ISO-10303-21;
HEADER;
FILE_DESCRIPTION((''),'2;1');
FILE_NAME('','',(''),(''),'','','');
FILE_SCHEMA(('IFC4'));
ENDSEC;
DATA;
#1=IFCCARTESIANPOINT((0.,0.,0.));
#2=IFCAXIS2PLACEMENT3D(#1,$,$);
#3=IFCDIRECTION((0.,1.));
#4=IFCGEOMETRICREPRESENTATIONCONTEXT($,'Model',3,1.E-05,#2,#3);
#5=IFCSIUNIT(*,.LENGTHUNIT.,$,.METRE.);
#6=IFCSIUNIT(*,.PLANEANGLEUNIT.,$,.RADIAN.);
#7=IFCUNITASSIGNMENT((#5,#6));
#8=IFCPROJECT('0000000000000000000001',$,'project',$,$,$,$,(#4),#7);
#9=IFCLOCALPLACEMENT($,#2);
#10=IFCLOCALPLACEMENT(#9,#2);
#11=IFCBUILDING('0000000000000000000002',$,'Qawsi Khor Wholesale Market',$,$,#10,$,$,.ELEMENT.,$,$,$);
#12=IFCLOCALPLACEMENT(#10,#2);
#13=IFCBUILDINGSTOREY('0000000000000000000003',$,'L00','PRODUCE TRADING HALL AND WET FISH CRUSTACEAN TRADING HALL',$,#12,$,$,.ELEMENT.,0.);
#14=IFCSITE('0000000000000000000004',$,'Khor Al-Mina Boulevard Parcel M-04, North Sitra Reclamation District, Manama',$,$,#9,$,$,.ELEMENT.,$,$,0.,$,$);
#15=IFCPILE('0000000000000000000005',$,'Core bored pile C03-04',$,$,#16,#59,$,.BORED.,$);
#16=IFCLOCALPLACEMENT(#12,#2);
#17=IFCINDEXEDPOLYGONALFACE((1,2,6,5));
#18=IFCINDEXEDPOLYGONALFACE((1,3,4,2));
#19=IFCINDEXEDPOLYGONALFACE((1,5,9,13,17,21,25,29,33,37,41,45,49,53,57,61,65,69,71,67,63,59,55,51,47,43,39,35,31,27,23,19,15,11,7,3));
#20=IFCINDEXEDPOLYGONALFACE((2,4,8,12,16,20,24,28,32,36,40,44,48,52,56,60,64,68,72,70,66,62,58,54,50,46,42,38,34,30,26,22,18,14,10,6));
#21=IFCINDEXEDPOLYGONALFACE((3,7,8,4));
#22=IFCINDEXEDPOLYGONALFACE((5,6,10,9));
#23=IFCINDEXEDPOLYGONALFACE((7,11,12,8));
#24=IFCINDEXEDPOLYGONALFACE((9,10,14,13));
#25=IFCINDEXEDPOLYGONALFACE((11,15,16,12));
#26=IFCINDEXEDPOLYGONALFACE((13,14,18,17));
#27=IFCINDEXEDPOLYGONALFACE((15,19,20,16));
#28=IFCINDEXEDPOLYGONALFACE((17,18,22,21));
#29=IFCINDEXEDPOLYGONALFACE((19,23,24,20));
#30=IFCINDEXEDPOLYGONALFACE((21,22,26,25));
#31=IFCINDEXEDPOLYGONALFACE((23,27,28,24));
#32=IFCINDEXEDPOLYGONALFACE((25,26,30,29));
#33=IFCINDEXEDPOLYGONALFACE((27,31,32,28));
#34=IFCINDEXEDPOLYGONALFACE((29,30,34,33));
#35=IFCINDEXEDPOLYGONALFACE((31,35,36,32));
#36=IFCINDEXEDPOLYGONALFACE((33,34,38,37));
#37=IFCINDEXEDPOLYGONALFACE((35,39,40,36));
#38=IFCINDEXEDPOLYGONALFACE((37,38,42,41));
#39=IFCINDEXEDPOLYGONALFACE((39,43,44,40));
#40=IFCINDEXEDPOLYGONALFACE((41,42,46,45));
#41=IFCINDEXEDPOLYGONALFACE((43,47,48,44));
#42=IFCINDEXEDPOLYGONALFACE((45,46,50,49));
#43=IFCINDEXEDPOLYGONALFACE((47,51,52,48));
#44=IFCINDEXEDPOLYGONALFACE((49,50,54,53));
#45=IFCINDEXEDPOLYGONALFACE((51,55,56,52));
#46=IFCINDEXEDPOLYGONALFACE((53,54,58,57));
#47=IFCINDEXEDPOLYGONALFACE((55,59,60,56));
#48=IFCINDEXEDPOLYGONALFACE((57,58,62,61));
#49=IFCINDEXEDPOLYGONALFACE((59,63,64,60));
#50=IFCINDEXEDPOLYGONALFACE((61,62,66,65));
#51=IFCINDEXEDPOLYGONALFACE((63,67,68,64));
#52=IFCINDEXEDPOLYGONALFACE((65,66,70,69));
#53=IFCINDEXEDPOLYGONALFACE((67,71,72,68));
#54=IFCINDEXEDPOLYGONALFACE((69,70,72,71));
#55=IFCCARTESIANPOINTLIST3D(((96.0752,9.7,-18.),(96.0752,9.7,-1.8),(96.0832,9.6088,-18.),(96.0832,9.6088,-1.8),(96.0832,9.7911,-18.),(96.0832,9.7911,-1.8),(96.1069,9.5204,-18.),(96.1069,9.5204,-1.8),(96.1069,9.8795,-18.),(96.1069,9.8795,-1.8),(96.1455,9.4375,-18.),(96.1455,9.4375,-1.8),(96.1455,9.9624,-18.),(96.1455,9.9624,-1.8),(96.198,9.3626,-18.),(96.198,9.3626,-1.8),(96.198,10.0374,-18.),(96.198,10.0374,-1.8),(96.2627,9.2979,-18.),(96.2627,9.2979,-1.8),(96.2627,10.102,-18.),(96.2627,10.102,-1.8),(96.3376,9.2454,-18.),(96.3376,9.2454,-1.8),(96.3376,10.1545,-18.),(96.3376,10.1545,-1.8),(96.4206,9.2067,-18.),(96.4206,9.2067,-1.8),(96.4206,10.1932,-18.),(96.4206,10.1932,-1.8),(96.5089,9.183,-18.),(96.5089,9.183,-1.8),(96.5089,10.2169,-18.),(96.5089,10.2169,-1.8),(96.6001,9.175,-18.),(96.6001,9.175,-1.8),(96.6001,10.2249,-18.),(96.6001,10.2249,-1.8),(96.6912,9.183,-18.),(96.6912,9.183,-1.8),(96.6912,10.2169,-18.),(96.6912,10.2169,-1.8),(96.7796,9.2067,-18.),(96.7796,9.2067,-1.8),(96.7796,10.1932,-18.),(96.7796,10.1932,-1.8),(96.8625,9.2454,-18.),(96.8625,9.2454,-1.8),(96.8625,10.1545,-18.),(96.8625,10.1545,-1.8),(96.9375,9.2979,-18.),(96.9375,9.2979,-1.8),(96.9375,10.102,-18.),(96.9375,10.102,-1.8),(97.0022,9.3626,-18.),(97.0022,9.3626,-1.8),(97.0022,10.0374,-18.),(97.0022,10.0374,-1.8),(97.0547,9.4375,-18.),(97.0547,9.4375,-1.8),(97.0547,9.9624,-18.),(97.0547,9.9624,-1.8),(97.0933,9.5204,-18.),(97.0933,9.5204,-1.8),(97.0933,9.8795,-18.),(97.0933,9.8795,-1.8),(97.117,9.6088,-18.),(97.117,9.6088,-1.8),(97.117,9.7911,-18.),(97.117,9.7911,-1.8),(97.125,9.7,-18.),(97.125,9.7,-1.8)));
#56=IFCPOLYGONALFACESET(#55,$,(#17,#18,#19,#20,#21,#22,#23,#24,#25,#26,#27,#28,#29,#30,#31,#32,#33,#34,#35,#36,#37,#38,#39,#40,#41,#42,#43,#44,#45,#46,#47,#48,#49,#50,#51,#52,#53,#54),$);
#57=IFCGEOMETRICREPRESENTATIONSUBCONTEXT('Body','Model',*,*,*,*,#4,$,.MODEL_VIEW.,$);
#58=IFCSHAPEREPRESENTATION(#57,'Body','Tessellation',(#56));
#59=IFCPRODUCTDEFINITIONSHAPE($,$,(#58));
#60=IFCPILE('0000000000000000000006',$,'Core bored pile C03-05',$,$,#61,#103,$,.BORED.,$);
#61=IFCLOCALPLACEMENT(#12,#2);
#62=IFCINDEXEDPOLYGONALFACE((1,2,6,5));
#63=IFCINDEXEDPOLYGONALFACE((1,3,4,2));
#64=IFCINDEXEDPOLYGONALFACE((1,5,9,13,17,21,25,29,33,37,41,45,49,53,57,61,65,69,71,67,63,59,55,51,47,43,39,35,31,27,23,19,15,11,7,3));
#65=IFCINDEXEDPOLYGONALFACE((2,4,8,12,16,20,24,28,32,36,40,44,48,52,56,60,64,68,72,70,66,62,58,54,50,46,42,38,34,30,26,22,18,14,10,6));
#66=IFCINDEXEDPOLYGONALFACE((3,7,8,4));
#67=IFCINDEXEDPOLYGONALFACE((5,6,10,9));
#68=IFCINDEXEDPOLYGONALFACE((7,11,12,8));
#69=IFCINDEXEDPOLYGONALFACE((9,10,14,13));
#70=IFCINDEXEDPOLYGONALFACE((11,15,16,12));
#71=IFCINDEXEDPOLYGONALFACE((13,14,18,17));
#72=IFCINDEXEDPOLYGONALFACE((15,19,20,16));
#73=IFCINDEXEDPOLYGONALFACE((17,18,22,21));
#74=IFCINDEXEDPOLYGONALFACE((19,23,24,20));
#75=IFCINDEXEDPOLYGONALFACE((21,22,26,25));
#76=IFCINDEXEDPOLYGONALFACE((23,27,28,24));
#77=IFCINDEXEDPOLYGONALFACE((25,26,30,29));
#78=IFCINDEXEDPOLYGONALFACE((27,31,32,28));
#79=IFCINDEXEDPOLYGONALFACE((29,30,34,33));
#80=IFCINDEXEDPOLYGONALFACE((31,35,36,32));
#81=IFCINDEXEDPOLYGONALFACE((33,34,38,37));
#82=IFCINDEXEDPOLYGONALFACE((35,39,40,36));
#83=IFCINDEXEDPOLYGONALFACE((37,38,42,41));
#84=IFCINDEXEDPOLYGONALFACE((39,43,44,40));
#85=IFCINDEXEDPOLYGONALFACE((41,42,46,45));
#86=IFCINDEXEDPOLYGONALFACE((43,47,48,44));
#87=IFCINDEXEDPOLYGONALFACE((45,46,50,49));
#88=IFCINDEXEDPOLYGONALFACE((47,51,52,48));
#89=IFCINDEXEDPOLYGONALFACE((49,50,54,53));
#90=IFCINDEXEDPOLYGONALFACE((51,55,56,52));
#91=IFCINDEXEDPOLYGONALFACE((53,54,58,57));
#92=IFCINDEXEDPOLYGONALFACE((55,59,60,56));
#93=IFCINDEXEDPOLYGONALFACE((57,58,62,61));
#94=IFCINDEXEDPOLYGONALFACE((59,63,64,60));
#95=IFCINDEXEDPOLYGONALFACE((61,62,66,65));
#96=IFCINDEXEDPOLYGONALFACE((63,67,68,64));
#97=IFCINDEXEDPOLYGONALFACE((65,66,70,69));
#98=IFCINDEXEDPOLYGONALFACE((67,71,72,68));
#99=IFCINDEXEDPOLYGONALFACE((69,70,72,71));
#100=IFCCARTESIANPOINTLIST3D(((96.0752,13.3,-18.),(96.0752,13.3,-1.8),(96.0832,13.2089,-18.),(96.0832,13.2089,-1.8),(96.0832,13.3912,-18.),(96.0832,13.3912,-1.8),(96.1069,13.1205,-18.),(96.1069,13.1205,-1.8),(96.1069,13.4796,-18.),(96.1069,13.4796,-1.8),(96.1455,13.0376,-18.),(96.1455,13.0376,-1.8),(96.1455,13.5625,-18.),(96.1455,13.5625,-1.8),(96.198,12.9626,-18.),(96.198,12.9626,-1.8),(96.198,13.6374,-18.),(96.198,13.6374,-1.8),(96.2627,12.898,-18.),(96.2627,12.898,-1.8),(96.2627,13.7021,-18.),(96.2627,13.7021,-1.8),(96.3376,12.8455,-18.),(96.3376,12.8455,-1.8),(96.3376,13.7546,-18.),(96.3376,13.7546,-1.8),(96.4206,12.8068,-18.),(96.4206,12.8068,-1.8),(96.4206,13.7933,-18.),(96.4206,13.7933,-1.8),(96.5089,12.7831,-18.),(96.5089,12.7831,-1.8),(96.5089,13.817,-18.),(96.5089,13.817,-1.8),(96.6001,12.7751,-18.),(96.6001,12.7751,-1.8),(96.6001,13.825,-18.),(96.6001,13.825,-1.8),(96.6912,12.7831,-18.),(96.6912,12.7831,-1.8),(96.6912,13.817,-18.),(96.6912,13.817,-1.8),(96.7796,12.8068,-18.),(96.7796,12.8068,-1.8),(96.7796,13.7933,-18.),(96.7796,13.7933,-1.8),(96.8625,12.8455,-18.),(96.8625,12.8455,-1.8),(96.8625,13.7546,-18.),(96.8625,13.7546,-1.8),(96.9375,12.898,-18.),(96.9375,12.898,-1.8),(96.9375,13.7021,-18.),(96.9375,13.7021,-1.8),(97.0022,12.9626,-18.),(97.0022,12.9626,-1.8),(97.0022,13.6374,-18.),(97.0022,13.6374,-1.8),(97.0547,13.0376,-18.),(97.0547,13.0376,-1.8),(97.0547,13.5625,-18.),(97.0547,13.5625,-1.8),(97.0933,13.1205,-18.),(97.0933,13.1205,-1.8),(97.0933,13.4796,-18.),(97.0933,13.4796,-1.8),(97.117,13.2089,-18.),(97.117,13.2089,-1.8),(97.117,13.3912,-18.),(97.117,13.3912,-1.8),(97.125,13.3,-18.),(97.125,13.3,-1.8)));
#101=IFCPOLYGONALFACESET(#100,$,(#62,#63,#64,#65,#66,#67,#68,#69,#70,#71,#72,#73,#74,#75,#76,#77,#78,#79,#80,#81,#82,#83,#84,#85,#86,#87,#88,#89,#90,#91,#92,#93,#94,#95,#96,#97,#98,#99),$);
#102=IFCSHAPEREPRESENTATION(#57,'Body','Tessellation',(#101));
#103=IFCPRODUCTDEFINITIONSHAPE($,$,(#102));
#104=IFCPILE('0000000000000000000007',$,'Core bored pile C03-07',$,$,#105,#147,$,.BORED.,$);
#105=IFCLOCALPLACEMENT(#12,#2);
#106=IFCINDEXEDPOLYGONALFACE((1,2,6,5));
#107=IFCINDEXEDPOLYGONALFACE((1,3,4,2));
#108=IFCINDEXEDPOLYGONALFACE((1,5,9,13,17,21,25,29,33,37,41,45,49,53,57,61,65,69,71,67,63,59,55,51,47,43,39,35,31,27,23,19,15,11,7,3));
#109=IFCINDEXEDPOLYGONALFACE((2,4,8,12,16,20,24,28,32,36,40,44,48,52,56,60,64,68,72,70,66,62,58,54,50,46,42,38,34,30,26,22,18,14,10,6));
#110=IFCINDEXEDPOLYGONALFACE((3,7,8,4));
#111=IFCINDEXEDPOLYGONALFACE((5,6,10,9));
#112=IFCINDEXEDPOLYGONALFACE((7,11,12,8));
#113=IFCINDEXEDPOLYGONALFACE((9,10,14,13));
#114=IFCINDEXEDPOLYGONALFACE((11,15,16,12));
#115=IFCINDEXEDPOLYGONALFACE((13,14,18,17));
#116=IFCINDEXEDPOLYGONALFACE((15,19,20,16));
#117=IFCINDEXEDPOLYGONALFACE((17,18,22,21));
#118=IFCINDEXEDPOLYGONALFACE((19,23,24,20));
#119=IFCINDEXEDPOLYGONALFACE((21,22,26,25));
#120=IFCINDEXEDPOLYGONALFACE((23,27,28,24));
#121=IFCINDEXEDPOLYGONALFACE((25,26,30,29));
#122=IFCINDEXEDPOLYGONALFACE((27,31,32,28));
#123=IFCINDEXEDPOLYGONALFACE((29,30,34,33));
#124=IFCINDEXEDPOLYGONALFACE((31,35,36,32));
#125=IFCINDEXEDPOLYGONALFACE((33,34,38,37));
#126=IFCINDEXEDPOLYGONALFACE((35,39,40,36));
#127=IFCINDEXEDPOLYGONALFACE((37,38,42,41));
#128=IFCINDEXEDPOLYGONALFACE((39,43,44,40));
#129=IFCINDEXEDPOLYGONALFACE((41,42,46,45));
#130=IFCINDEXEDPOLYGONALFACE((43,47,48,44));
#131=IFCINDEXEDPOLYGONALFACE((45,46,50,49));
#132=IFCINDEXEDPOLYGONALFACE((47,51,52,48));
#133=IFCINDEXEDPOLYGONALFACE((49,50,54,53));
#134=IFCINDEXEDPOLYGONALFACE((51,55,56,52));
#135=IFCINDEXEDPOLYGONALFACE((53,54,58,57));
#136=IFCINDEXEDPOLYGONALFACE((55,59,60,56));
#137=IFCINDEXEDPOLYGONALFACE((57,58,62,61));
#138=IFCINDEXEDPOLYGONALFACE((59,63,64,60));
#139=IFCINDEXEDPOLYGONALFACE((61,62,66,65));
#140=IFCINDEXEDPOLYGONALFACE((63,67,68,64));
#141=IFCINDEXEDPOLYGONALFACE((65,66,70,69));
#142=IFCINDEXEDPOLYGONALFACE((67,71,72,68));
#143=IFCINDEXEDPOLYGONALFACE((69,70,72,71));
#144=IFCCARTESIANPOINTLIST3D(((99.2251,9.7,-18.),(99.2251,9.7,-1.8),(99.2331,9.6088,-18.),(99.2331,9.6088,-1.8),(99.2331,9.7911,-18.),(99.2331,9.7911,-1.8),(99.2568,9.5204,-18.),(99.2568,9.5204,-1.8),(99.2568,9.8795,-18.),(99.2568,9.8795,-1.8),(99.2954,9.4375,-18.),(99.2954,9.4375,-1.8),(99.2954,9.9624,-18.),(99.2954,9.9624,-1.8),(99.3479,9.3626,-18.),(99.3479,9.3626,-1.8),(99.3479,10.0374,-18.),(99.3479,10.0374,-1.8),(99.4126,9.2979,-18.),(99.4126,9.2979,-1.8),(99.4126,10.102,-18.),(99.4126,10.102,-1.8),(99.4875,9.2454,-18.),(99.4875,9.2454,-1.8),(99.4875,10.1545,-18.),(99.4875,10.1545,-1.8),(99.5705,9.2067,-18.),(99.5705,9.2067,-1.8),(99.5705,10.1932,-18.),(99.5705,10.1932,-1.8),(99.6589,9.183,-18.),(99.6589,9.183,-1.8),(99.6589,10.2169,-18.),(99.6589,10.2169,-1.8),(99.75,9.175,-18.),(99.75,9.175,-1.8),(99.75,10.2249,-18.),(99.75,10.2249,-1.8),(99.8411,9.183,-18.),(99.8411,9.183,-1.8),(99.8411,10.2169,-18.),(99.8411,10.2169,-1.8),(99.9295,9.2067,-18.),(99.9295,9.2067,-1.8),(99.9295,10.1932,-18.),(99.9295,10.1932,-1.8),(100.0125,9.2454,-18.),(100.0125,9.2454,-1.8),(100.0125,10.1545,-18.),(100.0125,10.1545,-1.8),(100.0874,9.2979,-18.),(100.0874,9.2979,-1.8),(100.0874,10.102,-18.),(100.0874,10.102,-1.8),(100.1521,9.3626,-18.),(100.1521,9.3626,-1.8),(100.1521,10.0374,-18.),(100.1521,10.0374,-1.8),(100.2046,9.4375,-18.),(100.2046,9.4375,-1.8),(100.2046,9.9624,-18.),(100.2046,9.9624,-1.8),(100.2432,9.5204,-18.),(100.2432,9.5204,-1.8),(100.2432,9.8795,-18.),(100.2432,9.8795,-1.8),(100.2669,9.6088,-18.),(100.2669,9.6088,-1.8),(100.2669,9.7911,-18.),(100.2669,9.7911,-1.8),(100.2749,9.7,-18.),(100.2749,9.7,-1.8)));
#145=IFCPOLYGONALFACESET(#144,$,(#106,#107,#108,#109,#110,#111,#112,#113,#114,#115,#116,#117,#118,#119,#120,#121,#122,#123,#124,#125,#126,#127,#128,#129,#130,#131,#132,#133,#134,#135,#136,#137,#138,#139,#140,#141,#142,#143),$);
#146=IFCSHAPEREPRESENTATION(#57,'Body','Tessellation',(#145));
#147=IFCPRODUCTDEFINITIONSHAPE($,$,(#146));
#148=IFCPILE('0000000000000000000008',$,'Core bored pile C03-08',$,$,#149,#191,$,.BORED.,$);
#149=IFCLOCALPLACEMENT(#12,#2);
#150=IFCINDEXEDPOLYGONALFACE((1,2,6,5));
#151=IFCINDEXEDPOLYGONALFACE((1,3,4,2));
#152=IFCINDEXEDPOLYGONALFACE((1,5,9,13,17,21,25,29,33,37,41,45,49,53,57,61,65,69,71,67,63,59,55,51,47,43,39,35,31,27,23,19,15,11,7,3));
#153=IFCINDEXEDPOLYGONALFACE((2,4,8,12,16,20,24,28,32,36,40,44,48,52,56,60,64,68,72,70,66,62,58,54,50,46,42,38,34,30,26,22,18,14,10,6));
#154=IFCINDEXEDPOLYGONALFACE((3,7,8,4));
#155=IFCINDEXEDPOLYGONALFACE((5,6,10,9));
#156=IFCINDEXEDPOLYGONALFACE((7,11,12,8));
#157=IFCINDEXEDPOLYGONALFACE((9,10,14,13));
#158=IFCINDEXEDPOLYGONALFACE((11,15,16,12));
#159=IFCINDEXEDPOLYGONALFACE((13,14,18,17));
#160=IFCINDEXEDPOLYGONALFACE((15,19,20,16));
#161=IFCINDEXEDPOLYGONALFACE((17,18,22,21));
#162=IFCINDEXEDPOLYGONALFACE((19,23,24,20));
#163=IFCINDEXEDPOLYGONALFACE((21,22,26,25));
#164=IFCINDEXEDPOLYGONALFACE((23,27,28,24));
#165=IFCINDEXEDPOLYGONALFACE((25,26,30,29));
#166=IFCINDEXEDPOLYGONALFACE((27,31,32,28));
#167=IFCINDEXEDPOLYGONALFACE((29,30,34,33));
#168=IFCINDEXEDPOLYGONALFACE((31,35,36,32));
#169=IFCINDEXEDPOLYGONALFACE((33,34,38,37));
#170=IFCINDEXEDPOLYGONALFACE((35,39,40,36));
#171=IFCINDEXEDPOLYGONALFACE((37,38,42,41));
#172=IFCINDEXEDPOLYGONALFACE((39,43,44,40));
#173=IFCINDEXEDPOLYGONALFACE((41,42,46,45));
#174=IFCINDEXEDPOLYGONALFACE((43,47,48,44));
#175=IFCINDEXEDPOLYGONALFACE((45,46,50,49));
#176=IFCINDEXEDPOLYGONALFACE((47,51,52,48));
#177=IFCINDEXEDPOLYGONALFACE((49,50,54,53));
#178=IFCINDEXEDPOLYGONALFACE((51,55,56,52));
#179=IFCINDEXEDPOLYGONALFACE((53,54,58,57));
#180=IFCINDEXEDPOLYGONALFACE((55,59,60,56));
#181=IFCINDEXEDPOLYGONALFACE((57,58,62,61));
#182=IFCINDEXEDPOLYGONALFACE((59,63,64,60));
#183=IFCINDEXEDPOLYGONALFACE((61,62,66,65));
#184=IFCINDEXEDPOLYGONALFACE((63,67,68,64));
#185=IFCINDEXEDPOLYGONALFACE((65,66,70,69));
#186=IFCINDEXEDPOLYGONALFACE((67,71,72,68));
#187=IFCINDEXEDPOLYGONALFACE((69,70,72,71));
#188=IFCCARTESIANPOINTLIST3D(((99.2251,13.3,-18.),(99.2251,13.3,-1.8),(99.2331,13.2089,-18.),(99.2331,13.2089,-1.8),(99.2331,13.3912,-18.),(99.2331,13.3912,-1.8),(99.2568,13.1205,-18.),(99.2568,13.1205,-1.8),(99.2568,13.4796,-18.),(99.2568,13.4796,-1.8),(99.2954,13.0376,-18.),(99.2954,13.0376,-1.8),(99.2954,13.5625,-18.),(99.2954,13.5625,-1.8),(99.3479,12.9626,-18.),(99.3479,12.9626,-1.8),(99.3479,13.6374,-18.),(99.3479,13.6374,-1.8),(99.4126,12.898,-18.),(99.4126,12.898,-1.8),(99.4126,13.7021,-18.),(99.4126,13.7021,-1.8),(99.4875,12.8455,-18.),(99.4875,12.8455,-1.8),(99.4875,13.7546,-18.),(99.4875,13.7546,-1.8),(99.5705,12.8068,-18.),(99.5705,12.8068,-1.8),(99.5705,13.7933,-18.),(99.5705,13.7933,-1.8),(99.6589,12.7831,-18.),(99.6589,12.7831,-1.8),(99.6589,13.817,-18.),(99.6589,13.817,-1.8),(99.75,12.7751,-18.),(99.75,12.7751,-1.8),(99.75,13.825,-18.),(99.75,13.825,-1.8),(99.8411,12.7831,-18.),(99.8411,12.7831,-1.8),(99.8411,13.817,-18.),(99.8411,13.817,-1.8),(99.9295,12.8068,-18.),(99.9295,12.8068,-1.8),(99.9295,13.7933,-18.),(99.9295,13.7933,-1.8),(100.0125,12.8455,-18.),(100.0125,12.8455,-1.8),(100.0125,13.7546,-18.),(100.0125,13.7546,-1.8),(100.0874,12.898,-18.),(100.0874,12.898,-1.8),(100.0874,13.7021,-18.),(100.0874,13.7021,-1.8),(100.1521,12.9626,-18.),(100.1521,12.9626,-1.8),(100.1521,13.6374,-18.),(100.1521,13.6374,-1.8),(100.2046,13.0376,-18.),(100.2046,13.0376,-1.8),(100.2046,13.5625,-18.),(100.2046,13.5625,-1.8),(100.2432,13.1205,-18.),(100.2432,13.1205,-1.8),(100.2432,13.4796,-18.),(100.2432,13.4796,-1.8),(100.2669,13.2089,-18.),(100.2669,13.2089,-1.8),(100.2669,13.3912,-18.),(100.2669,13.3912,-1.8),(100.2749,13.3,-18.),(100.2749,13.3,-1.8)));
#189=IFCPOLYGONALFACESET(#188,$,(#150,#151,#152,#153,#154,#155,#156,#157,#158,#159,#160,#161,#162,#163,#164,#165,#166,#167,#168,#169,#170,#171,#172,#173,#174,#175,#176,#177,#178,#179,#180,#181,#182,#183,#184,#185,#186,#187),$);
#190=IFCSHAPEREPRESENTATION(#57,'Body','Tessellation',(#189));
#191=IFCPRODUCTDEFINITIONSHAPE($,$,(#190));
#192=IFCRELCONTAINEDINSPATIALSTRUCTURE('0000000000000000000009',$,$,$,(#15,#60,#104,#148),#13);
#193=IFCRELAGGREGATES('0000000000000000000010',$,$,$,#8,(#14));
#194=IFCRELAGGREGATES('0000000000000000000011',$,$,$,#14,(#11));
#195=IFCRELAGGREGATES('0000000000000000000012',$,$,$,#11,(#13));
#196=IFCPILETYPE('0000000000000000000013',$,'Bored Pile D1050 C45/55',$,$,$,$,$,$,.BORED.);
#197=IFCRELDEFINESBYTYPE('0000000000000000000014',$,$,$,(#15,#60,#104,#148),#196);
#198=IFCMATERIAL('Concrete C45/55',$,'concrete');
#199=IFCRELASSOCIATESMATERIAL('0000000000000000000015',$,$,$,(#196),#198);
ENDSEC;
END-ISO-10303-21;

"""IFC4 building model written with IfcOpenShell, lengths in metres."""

from ifc_helpers import new_model, si_unit, direction, frame, origin, origin_2d, place, context, subcontext, project, spatial, circle, extrude, material, material_profile, profile_set, type_object, element, save


model = new_model("IFC4")

# Units and contexts
model_context = context("Model", 3, precision=1e-05, world=origin(), true_north=direction((0.0, 1.0)))
body_context = subcontext(model_context, "Body", "Model", "MODEL_VIEW")
ifc_project = project(units=[si_unit("LENGTHUNIT", "METRE"), si_unit("PLANEANGLEUNIT", "RADIAN")], contexts=[model_context])

# Site, building, storey
site_placement = place(None, origin())
site = spatial("IfcSite", under=ifc_project, at=site_placement, Name="Khor Al-Mina Boulevard Parcel M-04, North Sitra Reclamation District, Manama", CompositionType="ELEMENT", RefElevation=0.0)
building_placement = place(site_placement, origin())
building = spatial("IfcBuilding", under=site, at=building_placement, Name="Qawsi Khor Wholesale Market", CompositionType="ELEMENT")
storey_placement = place(building_placement, origin())
storey = spatial("IfcBuildingStorey", under=building, at=storey_placement, Name="L00", Description="PRODUCE TRADING HALL AND WET FISH CRUSTACEAN TRADING HALL", CompositionType="ELEMENT", Elevation=0.0)

# Piles
ifc_material_1 = material(Name="Concrete C45/55", Category="concrete")
ifc_material_profile_1 = material_profile(ifc_material_1, circle(Radius=0.5249, at=origin_2d()), Name="PILE D1050")
ifc_profile_set_1 = profile_set([ifc_material_profile_1], Name="Concrete C45/55")
pile_type_1 = type_object("IfcPileType", Name="Bored Pile D1050 C45/55", PredefinedType="BORED", material=ifc_profile_set_1)
for number, where, z_axis, x_axis, name in (
    (1, (96.6001, 9.7, -1.8), (0.0, 0.0, -1.0), (1.0, 0.0, 0.0), "Core bored pile C03-04"),
    (2, (96.6001, 13.3, -1.8), (0.0, 0.0, -1.0), (1.0, 0.0, 0.0), "Core bored pile C03-05"),
    (3, (99.75, 9.7, -1.8), (0.0, 0.0, -1.0), (1.0, 0.0, 0.0), "Core bored pile C03-07"),
    (4, (99.75, 13.3, -1.8), (0.0, 0.0, -1.0), (1.0, 0.0, 0.0), "Core bored pile C03-08"),
):
    element("IfcPile", number, at=place(storey_placement, frame(where, z_axis=z_axis, x_axis=x_axis)), inside=storey, type_object=pile_type_1, Name=name, PredefinedType="BORED", context=body_context, shape_type="SweptSolid", body=[
        extrude(circle(Radius=0.5249, at=origin_2d()), origin(), (0.0, 0.0, 1.0), 16.2),
    ])

save(model, "model.ifc")
